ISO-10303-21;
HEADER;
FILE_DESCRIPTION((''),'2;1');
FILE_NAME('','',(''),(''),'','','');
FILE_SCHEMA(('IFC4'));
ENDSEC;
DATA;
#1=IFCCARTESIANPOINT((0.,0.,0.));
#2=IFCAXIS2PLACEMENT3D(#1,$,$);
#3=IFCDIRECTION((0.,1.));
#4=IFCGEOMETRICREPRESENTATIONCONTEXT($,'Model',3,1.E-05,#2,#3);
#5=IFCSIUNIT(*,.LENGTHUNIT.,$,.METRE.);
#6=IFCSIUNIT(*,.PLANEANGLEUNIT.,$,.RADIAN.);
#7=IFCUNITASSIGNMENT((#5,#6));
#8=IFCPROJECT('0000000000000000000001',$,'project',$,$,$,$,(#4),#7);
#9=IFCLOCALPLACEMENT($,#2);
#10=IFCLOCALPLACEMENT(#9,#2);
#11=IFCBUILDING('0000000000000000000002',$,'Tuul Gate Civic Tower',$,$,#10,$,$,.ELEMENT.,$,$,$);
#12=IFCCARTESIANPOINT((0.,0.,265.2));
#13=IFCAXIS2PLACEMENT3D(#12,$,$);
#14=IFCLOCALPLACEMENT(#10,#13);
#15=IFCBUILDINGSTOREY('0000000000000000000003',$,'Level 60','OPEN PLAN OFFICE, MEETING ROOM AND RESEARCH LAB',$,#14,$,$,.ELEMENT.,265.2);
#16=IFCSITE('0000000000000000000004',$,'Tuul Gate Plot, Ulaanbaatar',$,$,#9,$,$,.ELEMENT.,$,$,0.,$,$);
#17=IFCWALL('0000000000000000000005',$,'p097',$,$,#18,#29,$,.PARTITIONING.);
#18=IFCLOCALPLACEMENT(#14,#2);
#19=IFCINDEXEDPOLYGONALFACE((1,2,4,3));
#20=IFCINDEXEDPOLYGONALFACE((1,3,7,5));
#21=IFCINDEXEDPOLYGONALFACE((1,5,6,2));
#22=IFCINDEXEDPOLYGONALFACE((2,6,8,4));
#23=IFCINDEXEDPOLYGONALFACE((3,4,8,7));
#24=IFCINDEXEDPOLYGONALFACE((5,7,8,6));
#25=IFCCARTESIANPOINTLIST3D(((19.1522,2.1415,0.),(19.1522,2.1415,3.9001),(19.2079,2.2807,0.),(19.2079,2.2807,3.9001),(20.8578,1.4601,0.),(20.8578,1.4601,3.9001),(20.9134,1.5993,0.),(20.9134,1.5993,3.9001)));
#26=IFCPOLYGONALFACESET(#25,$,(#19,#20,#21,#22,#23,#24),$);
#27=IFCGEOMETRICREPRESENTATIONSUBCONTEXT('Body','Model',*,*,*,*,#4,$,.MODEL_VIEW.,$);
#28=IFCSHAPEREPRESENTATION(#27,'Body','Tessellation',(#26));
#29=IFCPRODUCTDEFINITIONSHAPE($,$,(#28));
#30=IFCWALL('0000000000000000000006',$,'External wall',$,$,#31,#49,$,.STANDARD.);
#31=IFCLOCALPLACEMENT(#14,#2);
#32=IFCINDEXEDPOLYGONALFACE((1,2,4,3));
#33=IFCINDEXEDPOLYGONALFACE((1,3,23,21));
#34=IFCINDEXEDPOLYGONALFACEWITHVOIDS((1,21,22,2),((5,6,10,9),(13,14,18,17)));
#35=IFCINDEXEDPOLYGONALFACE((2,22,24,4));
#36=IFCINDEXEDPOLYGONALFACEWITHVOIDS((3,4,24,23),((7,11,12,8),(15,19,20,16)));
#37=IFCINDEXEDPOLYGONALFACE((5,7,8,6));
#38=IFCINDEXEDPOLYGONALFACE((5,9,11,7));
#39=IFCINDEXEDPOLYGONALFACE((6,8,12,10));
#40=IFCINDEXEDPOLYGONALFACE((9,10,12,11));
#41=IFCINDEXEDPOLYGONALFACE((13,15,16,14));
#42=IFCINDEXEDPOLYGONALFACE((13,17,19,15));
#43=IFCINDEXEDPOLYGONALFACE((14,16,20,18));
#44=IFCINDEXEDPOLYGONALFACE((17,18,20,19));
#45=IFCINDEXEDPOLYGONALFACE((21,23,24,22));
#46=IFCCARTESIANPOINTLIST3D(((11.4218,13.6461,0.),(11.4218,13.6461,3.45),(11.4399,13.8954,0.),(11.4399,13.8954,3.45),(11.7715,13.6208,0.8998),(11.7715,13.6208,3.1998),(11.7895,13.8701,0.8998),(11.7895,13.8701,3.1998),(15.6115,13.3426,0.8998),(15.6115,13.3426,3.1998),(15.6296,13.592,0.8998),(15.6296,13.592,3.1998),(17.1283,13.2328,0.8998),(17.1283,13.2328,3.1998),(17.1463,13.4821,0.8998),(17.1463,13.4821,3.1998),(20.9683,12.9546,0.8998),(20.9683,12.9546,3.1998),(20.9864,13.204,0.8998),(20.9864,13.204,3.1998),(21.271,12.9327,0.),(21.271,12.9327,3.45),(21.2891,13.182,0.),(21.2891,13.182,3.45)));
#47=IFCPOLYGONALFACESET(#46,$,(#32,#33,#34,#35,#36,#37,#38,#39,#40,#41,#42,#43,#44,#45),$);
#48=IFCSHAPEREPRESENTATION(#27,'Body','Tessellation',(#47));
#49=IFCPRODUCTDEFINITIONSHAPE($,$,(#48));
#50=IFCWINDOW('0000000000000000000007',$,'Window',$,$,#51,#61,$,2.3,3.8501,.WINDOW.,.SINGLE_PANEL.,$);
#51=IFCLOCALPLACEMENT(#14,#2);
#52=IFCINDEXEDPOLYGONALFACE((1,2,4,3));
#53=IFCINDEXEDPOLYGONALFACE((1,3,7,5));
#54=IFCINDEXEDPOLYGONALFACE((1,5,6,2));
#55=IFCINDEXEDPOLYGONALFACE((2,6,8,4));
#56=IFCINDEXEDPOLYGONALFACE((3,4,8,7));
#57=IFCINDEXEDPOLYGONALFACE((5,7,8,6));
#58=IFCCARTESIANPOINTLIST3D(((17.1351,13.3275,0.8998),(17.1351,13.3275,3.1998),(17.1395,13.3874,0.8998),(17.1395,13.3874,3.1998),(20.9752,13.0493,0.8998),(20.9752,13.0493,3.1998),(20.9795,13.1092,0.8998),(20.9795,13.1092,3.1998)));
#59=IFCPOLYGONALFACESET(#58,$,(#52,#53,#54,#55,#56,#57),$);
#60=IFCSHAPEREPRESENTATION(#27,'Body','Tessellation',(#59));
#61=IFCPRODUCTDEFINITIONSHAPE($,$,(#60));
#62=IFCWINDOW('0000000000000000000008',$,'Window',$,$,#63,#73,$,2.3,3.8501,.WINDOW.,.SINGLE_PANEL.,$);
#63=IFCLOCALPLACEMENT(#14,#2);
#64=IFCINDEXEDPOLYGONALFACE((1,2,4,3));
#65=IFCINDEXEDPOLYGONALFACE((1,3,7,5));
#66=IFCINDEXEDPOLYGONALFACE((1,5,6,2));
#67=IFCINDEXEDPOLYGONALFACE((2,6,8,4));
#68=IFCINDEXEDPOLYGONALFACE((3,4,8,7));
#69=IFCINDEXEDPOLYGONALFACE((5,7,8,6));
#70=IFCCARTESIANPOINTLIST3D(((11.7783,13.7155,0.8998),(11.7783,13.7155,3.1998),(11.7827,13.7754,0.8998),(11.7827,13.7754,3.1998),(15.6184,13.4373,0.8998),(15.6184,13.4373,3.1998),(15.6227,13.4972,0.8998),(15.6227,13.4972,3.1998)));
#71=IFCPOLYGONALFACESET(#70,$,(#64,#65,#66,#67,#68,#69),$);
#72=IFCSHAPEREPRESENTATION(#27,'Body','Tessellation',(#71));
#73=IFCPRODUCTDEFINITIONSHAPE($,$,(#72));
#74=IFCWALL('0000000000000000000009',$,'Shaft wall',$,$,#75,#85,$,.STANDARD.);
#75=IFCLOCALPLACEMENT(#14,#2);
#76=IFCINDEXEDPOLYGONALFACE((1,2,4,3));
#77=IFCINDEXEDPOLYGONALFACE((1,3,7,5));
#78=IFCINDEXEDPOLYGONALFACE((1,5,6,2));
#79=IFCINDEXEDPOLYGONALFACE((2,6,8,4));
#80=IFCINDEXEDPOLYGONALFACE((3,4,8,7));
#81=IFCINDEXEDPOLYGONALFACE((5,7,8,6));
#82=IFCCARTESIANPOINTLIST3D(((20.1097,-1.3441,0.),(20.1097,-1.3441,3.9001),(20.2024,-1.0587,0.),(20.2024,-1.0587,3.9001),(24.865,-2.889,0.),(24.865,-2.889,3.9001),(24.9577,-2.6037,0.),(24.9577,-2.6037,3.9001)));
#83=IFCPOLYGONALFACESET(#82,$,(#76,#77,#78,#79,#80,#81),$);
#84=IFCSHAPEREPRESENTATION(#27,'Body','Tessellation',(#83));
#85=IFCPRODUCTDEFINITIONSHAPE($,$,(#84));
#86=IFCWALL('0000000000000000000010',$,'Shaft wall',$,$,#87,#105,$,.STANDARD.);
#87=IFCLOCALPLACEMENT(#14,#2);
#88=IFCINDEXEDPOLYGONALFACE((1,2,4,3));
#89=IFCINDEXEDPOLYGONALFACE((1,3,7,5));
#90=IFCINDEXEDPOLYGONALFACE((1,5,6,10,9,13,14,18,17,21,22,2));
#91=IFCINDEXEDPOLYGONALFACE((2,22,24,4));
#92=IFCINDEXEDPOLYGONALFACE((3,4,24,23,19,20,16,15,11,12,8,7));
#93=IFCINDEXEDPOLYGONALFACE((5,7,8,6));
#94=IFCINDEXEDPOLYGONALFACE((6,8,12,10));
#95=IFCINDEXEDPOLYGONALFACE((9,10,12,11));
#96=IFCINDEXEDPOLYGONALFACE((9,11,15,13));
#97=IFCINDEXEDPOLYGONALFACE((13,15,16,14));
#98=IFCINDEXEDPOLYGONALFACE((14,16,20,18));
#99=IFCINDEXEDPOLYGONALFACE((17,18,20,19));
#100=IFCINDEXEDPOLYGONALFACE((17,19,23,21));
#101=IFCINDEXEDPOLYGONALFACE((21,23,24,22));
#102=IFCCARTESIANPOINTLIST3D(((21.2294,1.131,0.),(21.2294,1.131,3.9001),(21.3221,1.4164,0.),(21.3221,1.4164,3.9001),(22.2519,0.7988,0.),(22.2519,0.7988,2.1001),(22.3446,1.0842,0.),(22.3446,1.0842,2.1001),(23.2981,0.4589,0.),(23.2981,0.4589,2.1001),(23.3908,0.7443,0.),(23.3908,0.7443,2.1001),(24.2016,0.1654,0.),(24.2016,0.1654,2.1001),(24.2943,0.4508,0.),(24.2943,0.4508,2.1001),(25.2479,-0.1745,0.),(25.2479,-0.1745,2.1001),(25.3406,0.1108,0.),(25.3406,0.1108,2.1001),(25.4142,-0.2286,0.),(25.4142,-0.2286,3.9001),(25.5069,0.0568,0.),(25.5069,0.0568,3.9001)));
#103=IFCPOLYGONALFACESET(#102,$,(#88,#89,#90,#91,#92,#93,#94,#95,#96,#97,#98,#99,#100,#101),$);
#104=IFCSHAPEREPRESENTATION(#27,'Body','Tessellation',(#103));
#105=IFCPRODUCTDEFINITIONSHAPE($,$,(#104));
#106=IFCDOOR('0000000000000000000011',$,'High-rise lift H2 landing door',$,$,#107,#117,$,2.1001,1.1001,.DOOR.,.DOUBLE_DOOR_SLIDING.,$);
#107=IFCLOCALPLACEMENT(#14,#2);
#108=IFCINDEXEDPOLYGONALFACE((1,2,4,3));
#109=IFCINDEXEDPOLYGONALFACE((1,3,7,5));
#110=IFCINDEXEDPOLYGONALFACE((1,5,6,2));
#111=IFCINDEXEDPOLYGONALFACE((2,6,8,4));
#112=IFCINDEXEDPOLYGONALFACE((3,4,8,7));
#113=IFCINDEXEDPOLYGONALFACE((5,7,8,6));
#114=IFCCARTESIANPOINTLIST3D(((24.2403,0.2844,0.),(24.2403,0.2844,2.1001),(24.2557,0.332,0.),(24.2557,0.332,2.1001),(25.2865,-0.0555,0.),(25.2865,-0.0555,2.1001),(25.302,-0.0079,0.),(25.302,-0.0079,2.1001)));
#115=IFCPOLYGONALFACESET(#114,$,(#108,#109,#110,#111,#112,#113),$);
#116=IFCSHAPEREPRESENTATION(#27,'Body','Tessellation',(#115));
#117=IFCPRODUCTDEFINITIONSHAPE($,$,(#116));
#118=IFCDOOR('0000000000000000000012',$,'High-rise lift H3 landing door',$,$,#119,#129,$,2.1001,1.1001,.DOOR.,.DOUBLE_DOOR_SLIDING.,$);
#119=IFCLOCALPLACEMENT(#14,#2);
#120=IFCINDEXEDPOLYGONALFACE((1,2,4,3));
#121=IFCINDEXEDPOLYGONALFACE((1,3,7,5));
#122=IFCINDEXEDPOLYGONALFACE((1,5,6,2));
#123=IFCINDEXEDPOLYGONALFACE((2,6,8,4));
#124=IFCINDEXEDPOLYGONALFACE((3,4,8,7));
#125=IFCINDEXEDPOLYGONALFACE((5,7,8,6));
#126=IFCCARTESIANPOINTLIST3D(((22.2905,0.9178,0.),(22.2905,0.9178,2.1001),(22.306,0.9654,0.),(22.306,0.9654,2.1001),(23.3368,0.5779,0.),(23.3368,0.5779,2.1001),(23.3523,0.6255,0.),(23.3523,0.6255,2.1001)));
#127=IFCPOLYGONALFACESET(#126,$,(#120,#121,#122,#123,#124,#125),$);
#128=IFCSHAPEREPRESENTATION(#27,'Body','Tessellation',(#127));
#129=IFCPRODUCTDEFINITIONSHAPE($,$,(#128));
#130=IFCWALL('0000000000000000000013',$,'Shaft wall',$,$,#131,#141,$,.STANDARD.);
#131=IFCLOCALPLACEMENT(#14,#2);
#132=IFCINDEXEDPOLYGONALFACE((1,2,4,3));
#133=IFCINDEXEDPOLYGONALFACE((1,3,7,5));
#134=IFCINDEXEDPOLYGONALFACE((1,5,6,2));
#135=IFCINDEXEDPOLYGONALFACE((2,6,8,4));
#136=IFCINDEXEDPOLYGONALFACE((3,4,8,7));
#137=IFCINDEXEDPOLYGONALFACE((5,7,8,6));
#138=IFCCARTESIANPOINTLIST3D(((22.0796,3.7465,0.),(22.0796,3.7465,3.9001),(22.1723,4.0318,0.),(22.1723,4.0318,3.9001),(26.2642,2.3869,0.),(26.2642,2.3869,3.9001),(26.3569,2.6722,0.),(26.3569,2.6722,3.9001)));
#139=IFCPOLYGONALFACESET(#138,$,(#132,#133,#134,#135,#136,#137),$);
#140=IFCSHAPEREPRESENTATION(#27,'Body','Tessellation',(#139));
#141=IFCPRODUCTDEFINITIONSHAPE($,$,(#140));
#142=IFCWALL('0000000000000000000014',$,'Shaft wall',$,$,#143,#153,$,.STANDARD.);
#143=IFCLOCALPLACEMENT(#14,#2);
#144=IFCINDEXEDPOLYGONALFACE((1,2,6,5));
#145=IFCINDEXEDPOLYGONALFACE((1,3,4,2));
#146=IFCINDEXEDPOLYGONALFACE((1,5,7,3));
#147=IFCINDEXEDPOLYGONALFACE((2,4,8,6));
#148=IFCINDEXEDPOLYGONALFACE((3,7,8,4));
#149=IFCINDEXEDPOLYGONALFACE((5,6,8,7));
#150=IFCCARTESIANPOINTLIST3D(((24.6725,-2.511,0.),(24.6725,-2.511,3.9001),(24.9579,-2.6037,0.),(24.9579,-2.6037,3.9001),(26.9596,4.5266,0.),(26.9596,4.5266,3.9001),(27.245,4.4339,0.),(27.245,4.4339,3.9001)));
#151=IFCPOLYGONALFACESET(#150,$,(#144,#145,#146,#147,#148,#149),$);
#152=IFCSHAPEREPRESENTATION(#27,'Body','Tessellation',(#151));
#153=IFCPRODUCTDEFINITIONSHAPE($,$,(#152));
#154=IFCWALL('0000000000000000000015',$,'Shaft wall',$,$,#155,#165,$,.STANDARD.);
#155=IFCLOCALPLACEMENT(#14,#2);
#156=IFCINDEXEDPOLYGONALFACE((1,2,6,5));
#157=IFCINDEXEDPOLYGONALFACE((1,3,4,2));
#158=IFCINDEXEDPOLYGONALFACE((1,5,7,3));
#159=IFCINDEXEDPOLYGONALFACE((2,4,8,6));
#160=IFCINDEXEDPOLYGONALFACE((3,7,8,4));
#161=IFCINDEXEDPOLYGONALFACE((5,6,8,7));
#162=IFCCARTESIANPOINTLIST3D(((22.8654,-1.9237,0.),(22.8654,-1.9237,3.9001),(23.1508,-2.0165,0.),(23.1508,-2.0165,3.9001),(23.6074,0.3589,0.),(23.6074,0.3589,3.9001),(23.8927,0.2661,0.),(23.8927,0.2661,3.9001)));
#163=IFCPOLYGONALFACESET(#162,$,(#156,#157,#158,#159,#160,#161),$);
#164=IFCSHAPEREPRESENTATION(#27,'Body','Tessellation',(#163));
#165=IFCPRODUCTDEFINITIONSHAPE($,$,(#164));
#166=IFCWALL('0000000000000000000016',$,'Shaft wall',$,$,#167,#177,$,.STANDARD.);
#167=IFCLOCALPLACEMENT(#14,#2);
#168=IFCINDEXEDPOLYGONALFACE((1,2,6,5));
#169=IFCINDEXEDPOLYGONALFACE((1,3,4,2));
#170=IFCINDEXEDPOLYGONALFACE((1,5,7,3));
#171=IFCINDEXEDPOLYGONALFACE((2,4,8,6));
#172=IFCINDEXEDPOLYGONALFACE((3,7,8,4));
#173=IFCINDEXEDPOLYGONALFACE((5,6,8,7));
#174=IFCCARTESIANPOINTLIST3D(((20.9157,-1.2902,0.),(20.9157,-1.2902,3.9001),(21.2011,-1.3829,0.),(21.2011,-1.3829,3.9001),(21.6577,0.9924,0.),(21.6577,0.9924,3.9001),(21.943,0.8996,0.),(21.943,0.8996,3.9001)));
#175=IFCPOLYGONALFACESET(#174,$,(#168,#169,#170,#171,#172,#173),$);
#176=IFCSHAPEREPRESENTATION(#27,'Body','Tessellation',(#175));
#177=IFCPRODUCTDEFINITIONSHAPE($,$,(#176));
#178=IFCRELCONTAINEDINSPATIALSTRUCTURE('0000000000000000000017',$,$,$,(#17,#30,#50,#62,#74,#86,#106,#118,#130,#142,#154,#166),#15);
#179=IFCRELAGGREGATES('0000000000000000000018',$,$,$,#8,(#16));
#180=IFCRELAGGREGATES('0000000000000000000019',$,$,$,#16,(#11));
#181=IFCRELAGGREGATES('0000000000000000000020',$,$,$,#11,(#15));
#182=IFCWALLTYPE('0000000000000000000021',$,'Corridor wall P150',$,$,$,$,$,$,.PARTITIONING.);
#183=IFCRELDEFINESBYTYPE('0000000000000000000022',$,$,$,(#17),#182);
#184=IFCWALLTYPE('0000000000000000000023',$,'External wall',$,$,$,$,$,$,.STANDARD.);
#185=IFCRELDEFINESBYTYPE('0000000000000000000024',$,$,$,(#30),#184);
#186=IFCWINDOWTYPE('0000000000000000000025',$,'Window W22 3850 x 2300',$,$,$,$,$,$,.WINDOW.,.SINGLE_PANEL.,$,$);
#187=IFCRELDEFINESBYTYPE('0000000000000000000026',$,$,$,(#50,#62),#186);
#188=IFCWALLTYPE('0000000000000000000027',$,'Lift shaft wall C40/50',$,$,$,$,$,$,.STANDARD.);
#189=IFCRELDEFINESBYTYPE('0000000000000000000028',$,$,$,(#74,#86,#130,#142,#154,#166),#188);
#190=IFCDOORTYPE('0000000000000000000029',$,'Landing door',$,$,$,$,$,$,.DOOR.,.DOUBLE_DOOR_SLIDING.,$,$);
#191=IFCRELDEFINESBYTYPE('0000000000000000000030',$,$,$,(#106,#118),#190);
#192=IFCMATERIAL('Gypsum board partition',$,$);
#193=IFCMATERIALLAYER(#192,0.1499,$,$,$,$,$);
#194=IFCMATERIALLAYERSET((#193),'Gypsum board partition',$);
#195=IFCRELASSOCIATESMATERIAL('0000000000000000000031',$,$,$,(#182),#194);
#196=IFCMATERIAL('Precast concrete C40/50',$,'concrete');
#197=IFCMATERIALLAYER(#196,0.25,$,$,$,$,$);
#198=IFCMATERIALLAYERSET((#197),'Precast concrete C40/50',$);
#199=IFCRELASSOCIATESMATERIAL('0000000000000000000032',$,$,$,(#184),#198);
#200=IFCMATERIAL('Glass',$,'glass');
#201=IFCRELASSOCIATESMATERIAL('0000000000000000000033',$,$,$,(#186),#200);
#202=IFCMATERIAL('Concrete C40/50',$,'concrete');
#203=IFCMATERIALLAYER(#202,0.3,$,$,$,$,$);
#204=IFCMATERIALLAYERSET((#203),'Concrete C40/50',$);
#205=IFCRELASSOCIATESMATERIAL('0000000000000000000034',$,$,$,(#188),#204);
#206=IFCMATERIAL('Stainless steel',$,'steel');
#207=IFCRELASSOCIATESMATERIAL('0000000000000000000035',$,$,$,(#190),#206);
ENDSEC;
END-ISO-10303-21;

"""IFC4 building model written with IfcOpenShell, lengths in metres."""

from ifc_helpers import new_model, si_unit, direction, frame, frame_2d, origin, place, context, subcontext, project, spatial, rectangle, extrude, material, layer, layer_set, type_object, element, fill, save


model = new_model("IFC4")

# Units and contexts
model_context = context("Model", 3, precision=1e-05, world=origin(), true_north=direction((0.0, 1.0)))
body_context = subcontext(model_context, "Body", "Model", "MODEL_VIEW")
ifc_project = project(units=[si_unit("LENGTHUNIT", "METRE"), si_unit("PLANEANGLEUNIT", "RADIAN")], contexts=[model_context])

# Site, building, storey
site_placement = place(None, origin())
site = spatial("IfcSite", under=ifc_project, at=site_placement, Name="Tuul Gate Plot, Ulaanbaatar", CompositionType="ELEMENT", RefElevation=0.0)
building_placement = place(site_placement, origin())
building = spatial("IfcBuilding", under=site, at=building_placement, Name="Tuul Gate Civic Tower", CompositionType="ELEMENT")
storey_placement = place(building_placement, frame((0.0, 0.0, 265.2)))
storey = spatial("IfcBuildingStorey", under=building, at=storey_placement, Name="Level 60", Description="OPEN PLAN OFFICE, MEETING ROOM AND RESEARCH LAB", CompositionType="ELEMENT", Elevation=265.2)

# Shared definitions
ifc_material_1 = material(Name="Gypsum board partition")
ifc_layer_1 = layer(ifc_material_1, 0.1499)
ifc_layer_set_1 = layer_set([ifc_layer_1], Name="Gypsum board partition")
wall_type_1 = type_object("IfcWallType", Name="Corridor wall P150", PredefinedType="PARTITIONING", material=ifc_layer_set_1)

# Wall
wall_1_placement = place(storey_placement, frame((19.1799, 2.2112, 0.0), z_axis=(0.0, 0.0, 1.0), x_axis=(0.928632, -0.371001, 0.0)))
element("IfcWall", 1, at=wall_1_placement, inside=storey, type_object=wall_type_1, Name="p097", PredefinedType="PARTITIONING", context=body_context, shape_type="SweptSolid", body=[
    extrude(rectangle(XDim=1.8367, YDim=0.1499, at=frame_2d((0.9185, 0.0))), origin(), (0.0, 0.0, 1.0), 3.9001),
])

# Wall, openings, windows
ifc_material_2 = material(Name="Precast concrete C40/50", Category="concrete")
ifc_layer_2 = layer(ifc_material_2, 0.25)
ifc_layer_set_2 = layer_set([ifc_layer_2], Name="Precast concrete C40/50")
wall_type_2 = type_object("IfcWallType", Name="External wall", PredefinedType="STANDARD", material=ifc_layer_set_2)
wall_2_placement = place(storey_placement, frame((21.28, 13.0574, 0.0), z_axis=(0.0, 0.0, 1.0), x_axis=(-0.997387, 0.072241, 0.0)))
wall_2 = element("IfcWall", 2, at=wall_2_placement, inside=storey, type_object=wall_type_2, Name="External wall", PredefinedType="STANDARD", context=body_context, shape_type="SweptSolid", body=[
    extrude(rectangle(XDim=9.875, YDim=0.25, at=frame_2d((4.9375, 0.0))), origin(), (0.0, 0.0, 1.0), 3.45),
])
opening_1_placement = place(wall_2_placement, frame((0.3035, 0.0, 0.8999)))
opening_1 = element("IfcOpeningElement", 3, at=opening_1_placement, cuts=wall_2, PredefinedType="OPENING", context=body_context, shape_type="SweptSolid", body=[
    extrude(rectangle(XDim=3.8501, YDim=2.3, at=frame_2d((1.925, 1.1499))), frame((0.0, 0.135, 0.0), z_axis=(0.0, -1.0, 0.0), x_axis=(1.0, 0.0, 0.0)), (0.0, 0.0, 1.0), 0.27),
])
opening_2_placement = place(wall_2_placement, frame((5.6743, 0.0, 0.8999)))
opening_2 = element("IfcOpeningElement", 4, at=opening_2_placement, cuts=wall_2, PredefinedType="OPENING", context=body_context, shape_type="SweptSolid", body=[
    extrude(rectangle(XDim=3.8501, YDim=2.3, at=frame_2d((1.925, 1.1499))), frame((0.0, 0.135, 0.0), z_axis=(0.0, -1.0, 0.0), x_axis=(1.0, 0.0, 0.0)), (0.0, 0.0, 1.0), 0.27),
])
ifc_material_3 = material(Name="Glass", Category="glass")
window_type = type_object("IfcWindowType", Name="Window W22 3850 x 2300", PartitioningType="SINGLE_PANEL", PredefinedType="WINDOW", material=ifc_material_3)
window_1_placement = place(opening_1_placement, origin())
window_1 = element("IfcWindow", 5, at=window_1_placement, inside=storey, type_object=window_type, Name="Window", OverallHeight=2.3, OverallWidth=3.8501, PartitioningType="SINGLE_PANEL", PredefinedType="WINDOW", context=body_context, shape_type="SweptSolid", body=[
    extrude(rectangle(XDim=3.8501, YDim=2.3, at=frame_2d((1.925, 1.1499))), frame((0.0, 0.03, 0.0), z_axis=(0.0, -1.0, 0.0), x_axis=(1.0, 0.0, 0.0)), (0.0, 0.0, 1.0), 0.0601),
])
fill(opening_1, window_1)
window_2_placement = place(opening_2_placement, origin())
window_2 = element("IfcWindow", 6, at=window_2_placement, inside=storey, type_object=window_type, Name="Window", OverallHeight=2.3, OverallWidth=3.8501, PartitioningType="SINGLE_PANEL", PredefinedType="WINDOW", context=body_context, shape_type="SweptSolid", body=[
    extrude(rectangle(XDim=3.8501, YDim=2.3, at=frame_2d((1.925, 1.1499))), frame((0.0, 0.03, 0.0), z_axis=(0.0, -1.0, 0.0), x_axis=(1.0, 0.0, 0.0)), (0.0, 0.0, 1.0), 0.0601),
])
fill(opening_2, window_2)

# Wall
ifc_material_4 = material(Name="Concrete C40/50", Category="concrete")
ifc_layer_3 = layer(ifc_material_4, 0.3)
ifc_layer_set_3 = layer_set([ifc_layer_3], Name="Concrete C40/50")
wall_type_3 = type_object("IfcWallType", Name="Lift shaft wall C40/50", PredefinedType="STANDARD", material=ifc_layer_set_3)
wall_3_placement = place(storey_placement, frame((24.9114, -2.7463, 0.0), z_axis=(0.0, 0.0, 1.0), x_axis=(-0.951068, 0.308982, 0.0)))
element("IfcWall", 7, at=wall_3_placement, inside=storey, type_object=wall_type_3, Name="Shaft wall", PredefinedType="STANDARD", context=body_context, shape_type="SweptSolid", body=[
    extrude(rectangle(XDim=5.0, YDim=0.3, at=frame_2d((2.5, 0.0))), origin(), (0.0, 0.0, 1.0), 3.9001),
])

# Wall, openings, doors
wall_4_placement = place(storey_placement, frame((25.4607, -0.0859, 0.0), z_axis=(0.0, 0.0, 1.0), x_axis=(-0.951064, 0.308994, 0.0)))
wall_4 = element("IfcWall", 8, at=wall_4_placement, inside=storey, type_object=wall_type_3, Name="Shaft wall", PredefinedType="STANDARD", context=body_context, shape_type="SweptSolid", body=[
    extrude(rectangle(XDim=4.4001, YDim=0.3, at=frame_2d((2.2002, 0.0))), origin(), (0.0, 0.0, 1.0), 3.9001),
])
opening_3_placement = place(wall_4_placement, frame((0.175, 0.0, 0.0)))
opening_3 = element("IfcOpeningElement", 9, at=opening_3_placement, cuts=wall_4, PredefinedType="OPENING", context=body_context, shape_type="SweptSolid", body=[
    extrude(rectangle(XDim=1.1001, YDim=2.1001, at=frame_2d((0.55, 1.05))), frame((0.0, 0.1602, 0.0), z_axis=(0.0, -1.0, 0.0), x_axis=(1.0, 0.0, 0.0)), (0.0, 0.0, 1.0), 0.3201),
])
opening_4_placement = place(wall_4_placement, frame((2.2251, 0.0, 0.0)))
opening_4 = element("IfcOpeningElement", 10, at=opening_4_placement, cuts=wall_4, PredefinedType="OPENING", context=body_context, shape_type="SweptSolid", body=[
    extrude(rectangle(XDim=1.1001, YDim=2.1001, at=frame_2d((0.55, 1.05))), frame((0.0, 0.1602, 0.0), z_axis=(0.0, -1.0, 0.0), x_axis=(1.0, 0.0, 0.0)), (0.0, 0.0, 1.0), 0.3201),
])
ifc_material_5 = material(Name="Stainless steel", Category="steel")
door_type_1 = type_object("IfcDoorType", Name="Landing door", OperationType="DOUBLE_DOOR_SLIDING", PredefinedType="DOOR", material=ifc_material_5)
door_1_placement = place(opening_3_placement, origin())
door_1 = element("IfcDoor", 11, at=door_1_placement, inside=storey, type_object=door_type_1, Name="High-rise lift H2 landing door", OperationType="DOUBLE_DOOR_SLIDING", OverallHeight=2.1001, OverallWidth=1.1001, PredefinedType="DOOR", context=body_context, shape_type="SweptSolid", body=[
    extrude(rectangle(XDim=1.1001, YDim=2.1001, at=frame_2d((0.55, 1.05))), frame((0.0, 0.0249, 0.0), z_axis=(0.0, -1.0, 0.0), x_axis=(1.0, 0.0, 0.0)), (0.0, 0.0, 1.0), 0.05),
])
fill(opening_3, door_1)
door_2_placement = place(opening_4_placement, origin())
door_2 = element("IfcDoor", 12, at=door_2_placement, inside=storey, type_object=door_type_1, Name="High-rise lift H3 landing door", OperationType="DOUBLE_DOOR_SLIDING", OverallHeight=2.1001, OverallWidth=1.1001, PredefinedType="DOOR", context=body_context, shape_type="SweptSolid", body=[
    extrude(rectangle(XDim=1.1001, YDim=2.1001, at=frame_2d((0.55, 1.05))), frame((0.0, 0.0249, 0.0), z_axis=(0.0, -1.0, 0.0), x_axis=(1.0, 0.0, 0.0)), (0.0, 0.0, 1.0), 0.05),
])
fill(opening_4, door_2)

# Walls
wall_5_placement = place(storey_placement, frame((26.3105, 2.5295, 0.0), z_axis=(0.0, 0.0, 1.0), x_axis=(-0.951059, 0.309011, 0.0)))
element("IfcWall", 13, at=wall_5_placement, inside=storey, type_object=wall_type_3, Name="Shaft wall", PredefinedType="STANDARD", context=body_context, shape_type="SweptSolid", body=[
    extrude(rectangle(XDim=4.3999, YDim=0.3, at=frame_2d((2.2, 0.0))), origin(), (0.0, 0.0, 1.0), 3.9001),
])
wall_6_placement = place(storey_placement, frame((24.8152, -2.5574, 0.0), z_axis=(0.0, 0.0, 1.0), x_axis=(0.309073, 0.951038, 0.0)))
element("IfcWall", 14, at=wall_6_placement, inside=storey, type_object=wall_type_3, Name="Shaft wall", PredefinedType="STANDARD", context=body_context, shape_type="SweptSolid", body=[
    extrude(rectangle(XDim=7.3999, YDim=0.3, at=frame_2d((3.7, 0.0))), origin(), (0.0, 0.0, 1.0), 3.9001),
])
for number, where, z_axis, x_axis, name in (
    (15, (23.0081, -1.9702, 0.0), (0.0, 0.0, 1.0), (0.309139, 0.951017, 0.0), "Shaft wall"),
    (16, (21.0583, -1.3367, 0.0), (0.0, 0.0, 1.0), (0.309139, 0.951017, 0.0), "Shaft wall"),
):
    element("IfcWall", number, at=place(storey_placement, frame(where, z_axis=z_axis, x_axis=x_axis)), inside=storey, type_object=wall_type_3, Name=name, PredefinedType="STANDARD", context=body_context, shape_type="SweptSolid", body=[
        extrude(rectangle(XDim=2.4001, YDim=0.3, at=frame_2d((1.2002, 0.0))), origin(), (0.0, 0.0, 1.0), 3.9001),
    ])

save(model, "model.ifc")
